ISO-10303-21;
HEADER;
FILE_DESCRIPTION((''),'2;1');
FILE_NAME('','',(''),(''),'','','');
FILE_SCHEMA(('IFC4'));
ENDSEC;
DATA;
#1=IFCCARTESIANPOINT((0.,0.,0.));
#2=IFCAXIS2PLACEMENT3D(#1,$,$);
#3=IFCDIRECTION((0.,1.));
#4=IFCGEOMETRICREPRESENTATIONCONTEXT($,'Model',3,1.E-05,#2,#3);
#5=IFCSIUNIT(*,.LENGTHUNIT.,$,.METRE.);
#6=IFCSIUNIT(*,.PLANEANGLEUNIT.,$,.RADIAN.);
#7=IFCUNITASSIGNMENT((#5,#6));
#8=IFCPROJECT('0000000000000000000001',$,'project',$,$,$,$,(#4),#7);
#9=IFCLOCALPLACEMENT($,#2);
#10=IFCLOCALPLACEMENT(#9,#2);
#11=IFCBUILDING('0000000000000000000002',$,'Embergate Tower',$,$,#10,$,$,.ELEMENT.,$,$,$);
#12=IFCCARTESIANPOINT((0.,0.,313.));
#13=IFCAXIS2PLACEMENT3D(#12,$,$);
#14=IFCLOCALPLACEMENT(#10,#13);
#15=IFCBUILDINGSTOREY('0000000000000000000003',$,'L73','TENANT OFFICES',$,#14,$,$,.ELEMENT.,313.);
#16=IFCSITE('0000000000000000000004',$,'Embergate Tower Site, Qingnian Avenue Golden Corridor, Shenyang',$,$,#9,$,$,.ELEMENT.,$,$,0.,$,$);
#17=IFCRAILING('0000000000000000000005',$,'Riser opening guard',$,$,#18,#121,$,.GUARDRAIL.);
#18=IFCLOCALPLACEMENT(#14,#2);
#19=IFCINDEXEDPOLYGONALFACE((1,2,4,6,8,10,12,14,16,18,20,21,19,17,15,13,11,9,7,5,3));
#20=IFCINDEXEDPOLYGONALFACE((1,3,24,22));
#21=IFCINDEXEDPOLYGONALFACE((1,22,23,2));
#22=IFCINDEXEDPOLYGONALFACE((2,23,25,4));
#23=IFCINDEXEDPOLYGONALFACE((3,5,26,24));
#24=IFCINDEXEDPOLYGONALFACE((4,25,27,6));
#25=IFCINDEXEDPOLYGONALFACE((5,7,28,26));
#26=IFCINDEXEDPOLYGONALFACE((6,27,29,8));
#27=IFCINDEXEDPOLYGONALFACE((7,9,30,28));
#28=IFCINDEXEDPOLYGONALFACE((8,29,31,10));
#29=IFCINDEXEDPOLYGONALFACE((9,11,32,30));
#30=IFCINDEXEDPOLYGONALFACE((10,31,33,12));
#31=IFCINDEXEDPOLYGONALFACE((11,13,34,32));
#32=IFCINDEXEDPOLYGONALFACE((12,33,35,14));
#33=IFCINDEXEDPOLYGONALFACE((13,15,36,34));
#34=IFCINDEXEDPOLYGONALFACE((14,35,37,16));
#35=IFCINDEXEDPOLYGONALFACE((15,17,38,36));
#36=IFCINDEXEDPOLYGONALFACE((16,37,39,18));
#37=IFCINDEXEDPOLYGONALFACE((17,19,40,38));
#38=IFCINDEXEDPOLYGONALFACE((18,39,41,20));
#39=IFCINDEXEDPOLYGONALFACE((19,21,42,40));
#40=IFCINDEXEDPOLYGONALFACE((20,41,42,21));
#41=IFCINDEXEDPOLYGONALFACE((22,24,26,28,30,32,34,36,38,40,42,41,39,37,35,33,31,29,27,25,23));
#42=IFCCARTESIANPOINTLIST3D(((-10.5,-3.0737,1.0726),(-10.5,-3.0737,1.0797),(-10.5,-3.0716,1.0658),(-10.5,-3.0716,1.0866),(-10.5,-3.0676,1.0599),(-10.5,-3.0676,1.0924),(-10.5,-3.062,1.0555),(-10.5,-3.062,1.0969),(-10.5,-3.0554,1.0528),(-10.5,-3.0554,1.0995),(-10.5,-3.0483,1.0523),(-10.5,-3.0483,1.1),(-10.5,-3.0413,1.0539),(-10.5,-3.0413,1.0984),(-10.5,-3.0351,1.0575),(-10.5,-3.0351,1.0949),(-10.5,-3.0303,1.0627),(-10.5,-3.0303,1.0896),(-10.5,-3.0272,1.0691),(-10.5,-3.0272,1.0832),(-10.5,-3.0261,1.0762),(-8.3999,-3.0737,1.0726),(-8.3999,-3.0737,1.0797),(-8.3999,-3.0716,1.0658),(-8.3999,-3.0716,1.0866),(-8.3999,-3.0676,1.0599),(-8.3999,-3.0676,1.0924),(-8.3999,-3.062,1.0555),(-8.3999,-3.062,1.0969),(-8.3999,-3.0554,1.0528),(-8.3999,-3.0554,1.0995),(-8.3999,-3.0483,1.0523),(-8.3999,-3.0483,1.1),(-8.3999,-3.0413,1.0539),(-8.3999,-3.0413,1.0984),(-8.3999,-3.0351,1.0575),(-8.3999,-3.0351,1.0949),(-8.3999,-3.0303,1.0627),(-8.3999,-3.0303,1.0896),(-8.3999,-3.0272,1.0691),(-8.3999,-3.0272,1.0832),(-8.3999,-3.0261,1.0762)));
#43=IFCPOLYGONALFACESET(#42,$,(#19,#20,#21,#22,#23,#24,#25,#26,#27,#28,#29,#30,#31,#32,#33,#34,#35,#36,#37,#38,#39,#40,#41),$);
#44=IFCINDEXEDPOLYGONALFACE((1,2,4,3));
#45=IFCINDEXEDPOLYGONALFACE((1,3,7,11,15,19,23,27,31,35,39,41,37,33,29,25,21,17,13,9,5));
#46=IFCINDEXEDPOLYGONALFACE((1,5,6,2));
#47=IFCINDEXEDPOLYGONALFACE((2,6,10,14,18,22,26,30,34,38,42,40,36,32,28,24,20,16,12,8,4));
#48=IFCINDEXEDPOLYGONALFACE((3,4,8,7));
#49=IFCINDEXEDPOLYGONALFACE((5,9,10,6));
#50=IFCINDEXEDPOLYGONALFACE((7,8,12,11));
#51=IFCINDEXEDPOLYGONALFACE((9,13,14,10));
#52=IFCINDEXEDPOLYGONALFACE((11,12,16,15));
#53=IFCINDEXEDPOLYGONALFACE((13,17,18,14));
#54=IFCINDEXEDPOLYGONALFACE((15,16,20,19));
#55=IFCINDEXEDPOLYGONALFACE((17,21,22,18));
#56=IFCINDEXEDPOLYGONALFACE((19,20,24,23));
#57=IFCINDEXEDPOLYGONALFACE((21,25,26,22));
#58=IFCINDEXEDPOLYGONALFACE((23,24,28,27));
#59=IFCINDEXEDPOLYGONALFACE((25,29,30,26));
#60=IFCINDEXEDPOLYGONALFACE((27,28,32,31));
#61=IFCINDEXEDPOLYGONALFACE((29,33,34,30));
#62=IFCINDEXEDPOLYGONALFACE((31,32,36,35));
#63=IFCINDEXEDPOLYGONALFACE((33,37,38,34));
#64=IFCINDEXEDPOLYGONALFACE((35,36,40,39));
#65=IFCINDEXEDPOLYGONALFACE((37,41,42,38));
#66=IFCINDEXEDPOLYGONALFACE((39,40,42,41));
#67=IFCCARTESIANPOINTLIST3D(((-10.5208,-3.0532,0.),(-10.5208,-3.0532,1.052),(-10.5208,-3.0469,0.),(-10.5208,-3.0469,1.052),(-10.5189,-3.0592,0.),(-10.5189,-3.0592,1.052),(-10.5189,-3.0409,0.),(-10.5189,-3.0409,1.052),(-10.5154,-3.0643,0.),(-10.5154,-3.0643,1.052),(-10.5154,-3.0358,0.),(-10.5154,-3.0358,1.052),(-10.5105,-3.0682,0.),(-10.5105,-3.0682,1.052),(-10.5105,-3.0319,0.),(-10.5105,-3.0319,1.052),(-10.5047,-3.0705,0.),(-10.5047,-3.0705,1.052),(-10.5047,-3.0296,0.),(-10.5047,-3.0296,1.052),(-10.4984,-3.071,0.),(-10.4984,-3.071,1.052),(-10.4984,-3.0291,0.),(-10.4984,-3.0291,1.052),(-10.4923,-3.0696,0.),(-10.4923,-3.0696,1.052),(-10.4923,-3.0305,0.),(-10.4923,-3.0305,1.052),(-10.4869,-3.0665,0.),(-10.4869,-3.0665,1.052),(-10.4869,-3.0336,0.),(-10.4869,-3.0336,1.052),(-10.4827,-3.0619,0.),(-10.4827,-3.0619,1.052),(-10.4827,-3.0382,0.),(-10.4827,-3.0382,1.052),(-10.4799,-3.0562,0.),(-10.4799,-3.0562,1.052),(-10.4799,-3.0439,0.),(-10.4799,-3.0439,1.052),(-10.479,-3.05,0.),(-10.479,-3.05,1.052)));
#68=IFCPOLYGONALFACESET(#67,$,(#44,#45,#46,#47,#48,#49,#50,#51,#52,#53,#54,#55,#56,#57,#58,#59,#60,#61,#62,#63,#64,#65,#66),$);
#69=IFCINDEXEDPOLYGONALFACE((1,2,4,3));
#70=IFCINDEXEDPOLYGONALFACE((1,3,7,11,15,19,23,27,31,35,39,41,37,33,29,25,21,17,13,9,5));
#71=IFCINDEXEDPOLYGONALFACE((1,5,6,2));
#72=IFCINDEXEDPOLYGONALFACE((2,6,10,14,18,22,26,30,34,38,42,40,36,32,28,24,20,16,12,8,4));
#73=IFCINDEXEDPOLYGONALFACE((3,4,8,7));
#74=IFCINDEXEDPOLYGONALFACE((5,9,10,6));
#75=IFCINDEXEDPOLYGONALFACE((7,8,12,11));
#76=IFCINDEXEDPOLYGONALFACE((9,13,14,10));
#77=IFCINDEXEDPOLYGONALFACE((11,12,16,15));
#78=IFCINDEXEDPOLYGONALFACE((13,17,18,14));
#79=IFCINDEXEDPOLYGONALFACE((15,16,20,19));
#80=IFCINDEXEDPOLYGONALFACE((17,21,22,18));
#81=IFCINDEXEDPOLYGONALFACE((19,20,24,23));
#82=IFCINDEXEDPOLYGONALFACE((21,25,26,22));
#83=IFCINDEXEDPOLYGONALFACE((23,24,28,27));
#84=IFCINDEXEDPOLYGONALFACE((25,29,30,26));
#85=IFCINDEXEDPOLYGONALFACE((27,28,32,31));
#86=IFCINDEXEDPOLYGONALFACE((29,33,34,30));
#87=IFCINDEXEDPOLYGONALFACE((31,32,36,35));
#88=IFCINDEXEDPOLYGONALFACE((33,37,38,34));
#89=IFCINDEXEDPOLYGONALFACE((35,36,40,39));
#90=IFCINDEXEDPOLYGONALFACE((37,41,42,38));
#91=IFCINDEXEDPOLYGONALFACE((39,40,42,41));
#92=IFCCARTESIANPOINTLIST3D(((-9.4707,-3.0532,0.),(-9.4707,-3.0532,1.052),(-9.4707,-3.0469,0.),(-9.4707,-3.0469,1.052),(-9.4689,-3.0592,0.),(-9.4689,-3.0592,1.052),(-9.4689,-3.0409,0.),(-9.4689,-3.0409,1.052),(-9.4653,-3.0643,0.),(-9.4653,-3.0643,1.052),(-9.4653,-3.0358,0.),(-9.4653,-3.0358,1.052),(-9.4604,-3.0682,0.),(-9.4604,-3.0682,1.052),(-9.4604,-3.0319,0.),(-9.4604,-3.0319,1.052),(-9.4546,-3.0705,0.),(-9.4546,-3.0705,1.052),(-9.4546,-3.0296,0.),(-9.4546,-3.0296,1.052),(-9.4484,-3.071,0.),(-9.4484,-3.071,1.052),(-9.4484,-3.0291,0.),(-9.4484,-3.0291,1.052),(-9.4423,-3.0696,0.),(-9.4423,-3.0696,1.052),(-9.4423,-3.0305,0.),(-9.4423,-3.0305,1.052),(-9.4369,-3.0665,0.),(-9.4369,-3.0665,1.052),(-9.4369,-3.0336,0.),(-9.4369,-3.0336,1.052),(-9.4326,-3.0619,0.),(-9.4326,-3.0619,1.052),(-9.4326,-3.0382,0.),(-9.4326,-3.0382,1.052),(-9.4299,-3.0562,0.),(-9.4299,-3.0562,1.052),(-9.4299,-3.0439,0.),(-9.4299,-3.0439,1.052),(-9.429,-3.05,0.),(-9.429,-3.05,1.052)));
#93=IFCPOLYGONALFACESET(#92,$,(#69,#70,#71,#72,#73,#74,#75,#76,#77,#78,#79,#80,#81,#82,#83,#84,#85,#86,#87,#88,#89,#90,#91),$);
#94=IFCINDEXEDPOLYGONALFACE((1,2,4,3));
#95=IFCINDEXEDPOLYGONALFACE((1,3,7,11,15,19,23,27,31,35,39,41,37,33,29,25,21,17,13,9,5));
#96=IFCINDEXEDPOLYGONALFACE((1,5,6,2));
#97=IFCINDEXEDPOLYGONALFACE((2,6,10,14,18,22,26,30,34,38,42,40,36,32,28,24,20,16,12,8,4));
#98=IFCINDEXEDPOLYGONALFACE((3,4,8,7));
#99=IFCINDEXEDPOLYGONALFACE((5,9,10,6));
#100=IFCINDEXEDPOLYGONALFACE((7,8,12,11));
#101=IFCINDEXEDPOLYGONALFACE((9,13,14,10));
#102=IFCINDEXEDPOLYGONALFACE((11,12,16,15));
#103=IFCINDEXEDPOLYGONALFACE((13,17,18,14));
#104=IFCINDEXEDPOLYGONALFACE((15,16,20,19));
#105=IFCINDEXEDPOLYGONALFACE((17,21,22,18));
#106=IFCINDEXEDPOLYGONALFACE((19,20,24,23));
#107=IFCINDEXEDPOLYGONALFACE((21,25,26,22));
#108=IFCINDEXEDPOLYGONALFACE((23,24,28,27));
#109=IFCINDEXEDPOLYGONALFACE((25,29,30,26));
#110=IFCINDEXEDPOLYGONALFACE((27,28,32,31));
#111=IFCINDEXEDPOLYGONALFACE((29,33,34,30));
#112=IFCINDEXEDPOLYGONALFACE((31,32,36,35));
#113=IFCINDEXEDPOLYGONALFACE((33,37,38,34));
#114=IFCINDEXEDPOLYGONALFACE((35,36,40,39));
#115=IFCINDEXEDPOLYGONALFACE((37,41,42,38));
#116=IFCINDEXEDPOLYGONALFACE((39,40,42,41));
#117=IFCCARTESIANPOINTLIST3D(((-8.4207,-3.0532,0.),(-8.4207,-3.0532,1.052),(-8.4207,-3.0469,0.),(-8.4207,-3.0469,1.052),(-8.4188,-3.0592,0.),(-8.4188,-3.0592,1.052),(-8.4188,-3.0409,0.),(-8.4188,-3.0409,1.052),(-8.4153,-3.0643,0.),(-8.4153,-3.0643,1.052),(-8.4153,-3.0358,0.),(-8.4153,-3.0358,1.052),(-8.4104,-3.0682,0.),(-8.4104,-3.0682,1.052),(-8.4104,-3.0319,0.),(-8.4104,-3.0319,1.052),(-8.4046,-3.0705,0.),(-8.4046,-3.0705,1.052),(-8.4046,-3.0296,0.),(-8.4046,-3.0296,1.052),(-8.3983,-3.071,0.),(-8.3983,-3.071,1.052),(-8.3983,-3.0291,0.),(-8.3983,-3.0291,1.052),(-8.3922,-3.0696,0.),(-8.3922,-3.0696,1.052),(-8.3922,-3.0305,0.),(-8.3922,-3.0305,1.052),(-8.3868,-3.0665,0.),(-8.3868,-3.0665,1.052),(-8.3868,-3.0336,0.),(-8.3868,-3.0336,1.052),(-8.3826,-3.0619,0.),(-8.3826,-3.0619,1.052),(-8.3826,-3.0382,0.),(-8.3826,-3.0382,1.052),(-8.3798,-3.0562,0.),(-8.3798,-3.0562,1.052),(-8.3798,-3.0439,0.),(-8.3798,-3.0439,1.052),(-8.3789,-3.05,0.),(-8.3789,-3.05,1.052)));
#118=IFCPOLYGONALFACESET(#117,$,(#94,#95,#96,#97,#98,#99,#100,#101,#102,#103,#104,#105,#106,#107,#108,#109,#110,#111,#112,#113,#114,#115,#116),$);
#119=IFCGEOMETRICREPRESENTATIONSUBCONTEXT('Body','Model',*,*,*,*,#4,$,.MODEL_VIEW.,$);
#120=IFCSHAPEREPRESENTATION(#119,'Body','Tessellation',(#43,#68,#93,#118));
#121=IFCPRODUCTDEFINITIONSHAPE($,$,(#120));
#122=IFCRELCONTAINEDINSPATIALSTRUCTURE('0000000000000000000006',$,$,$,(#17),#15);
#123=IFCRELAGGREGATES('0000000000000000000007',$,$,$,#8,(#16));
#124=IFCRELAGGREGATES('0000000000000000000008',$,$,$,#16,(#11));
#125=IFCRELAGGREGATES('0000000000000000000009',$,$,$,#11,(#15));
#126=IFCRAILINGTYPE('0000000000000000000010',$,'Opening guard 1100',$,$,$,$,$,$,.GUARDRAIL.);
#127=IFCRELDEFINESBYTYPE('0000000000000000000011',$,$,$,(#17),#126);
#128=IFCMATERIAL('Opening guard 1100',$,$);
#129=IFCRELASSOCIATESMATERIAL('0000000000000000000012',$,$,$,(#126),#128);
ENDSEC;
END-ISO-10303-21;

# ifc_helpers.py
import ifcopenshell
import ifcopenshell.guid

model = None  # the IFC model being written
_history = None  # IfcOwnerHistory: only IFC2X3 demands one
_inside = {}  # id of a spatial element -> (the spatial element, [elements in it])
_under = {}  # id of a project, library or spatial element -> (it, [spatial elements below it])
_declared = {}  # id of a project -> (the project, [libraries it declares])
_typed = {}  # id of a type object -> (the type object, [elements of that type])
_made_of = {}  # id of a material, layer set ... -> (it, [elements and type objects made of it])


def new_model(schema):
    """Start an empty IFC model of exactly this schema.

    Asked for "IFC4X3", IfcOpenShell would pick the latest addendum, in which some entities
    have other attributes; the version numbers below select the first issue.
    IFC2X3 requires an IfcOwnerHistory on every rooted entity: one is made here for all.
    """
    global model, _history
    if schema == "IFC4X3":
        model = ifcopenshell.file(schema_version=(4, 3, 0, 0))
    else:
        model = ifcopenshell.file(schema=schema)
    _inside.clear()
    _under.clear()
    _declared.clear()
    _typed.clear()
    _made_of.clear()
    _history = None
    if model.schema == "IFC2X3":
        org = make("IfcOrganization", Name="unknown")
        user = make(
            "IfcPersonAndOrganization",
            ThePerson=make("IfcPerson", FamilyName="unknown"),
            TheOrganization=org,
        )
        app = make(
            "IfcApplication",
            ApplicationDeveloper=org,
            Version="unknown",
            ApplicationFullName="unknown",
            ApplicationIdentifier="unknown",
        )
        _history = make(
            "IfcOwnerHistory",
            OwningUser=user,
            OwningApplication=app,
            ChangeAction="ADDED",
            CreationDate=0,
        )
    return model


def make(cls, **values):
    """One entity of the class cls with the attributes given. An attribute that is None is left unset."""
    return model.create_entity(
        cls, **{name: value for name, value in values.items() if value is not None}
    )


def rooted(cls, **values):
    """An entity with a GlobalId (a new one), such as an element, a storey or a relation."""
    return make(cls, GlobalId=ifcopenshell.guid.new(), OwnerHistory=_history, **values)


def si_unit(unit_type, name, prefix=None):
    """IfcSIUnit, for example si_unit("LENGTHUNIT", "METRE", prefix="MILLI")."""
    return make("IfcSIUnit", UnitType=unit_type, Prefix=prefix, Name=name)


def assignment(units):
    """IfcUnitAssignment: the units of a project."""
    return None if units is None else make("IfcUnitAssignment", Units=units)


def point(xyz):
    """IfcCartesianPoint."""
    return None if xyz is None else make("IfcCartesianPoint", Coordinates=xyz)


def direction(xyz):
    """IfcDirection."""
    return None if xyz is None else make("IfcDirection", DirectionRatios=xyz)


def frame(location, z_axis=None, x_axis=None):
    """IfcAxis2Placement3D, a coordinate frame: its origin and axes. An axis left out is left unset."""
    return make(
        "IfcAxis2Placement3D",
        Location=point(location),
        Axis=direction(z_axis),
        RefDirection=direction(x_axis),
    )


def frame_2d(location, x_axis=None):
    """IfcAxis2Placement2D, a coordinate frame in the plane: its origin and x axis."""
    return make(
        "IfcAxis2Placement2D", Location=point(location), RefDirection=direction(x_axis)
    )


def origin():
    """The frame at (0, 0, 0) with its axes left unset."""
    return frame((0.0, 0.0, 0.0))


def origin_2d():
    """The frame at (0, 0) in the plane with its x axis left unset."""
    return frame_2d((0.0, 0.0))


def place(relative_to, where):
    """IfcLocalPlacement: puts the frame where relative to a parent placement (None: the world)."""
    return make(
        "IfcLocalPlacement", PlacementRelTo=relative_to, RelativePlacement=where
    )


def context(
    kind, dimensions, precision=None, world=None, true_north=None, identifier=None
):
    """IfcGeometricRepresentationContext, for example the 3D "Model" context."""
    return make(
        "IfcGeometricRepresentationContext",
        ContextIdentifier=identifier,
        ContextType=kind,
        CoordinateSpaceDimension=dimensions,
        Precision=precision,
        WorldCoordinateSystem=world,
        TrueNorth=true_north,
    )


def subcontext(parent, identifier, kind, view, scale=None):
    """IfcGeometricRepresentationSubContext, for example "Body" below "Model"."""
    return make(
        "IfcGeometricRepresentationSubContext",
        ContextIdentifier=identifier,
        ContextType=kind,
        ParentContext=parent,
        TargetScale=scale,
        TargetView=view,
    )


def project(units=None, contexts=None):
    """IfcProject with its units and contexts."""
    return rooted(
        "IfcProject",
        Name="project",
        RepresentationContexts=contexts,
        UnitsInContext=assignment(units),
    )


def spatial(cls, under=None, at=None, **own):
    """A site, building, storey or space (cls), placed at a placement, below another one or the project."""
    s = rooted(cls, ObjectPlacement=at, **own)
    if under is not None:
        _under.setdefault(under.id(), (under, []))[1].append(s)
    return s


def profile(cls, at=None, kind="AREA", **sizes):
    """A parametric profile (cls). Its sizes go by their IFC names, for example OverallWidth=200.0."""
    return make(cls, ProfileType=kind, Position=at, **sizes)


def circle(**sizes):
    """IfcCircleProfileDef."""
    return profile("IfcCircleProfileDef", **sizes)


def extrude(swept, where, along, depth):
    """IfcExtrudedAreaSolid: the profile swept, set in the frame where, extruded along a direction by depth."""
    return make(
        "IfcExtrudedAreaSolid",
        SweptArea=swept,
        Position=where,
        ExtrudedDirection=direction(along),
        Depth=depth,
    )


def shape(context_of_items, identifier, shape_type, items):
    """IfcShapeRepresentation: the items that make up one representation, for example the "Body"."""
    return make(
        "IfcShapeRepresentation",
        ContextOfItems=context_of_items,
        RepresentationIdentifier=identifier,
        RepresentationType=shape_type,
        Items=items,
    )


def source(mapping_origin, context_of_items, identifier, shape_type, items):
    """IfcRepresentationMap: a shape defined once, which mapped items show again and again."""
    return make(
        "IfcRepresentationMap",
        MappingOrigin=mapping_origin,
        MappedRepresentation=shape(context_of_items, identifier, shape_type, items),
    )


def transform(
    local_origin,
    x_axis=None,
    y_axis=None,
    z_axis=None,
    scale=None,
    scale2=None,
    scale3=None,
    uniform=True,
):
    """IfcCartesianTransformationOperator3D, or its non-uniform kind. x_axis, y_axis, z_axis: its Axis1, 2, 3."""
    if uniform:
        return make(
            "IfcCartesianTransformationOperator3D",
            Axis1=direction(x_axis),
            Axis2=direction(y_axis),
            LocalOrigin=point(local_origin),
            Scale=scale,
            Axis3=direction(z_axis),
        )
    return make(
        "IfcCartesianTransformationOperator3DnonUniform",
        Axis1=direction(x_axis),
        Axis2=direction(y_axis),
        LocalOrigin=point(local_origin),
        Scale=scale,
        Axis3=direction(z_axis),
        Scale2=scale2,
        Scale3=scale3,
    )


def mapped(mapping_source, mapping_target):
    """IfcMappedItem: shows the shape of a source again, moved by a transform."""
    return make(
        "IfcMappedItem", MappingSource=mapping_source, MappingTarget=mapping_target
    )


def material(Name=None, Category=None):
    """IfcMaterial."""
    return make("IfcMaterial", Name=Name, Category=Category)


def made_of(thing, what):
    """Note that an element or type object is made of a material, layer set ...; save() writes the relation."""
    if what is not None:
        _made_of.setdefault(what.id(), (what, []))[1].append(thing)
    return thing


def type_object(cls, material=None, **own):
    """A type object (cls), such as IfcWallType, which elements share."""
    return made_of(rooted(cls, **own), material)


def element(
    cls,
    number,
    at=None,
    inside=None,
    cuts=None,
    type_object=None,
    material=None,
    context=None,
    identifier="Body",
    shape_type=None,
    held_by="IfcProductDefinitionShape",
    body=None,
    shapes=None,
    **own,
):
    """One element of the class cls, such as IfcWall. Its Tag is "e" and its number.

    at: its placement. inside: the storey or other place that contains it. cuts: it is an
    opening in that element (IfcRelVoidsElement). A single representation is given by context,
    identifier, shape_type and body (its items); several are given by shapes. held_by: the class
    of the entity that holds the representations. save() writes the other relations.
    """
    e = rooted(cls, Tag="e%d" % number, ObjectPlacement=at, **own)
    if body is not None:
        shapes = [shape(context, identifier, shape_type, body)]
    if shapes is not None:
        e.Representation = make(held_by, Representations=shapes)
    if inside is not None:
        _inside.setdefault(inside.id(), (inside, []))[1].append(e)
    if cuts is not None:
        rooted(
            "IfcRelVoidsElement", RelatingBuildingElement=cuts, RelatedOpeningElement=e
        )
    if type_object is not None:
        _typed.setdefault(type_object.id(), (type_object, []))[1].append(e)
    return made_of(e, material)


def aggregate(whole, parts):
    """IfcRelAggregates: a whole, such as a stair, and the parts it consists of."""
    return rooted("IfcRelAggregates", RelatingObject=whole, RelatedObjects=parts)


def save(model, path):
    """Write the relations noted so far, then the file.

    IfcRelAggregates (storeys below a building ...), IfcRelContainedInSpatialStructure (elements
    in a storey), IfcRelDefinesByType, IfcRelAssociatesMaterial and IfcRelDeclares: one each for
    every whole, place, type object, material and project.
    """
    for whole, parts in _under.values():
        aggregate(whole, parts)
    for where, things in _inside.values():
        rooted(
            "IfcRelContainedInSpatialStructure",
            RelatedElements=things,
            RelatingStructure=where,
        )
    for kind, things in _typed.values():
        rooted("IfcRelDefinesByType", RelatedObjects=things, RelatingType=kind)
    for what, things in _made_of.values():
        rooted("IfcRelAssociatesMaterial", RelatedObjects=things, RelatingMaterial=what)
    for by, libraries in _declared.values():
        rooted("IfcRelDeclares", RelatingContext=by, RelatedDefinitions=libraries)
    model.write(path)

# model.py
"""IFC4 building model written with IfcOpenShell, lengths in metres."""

from ifc_helpers import new_model, si_unit, direction, frame, origin, origin_2d, place, context, subcontext, project, spatial, circle, extrude, source, transform, mapped, material, type_object, element, save


model = new_model("IFC4")

# Units and contexts
model_context = context("Model", 3, precision=1e-05, world=origin(), true_north=direction((0.0, 1.0)))
body_context = subcontext(model_context, "Body", "Model", "MODEL_VIEW")
ifc_project = project(units=[si_unit("LENGTHUNIT", "METRE"), si_unit("PLANEANGLEUNIT", "RADIAN")], contexts=[model_context])

# Site, building, storey
site_placement = place(None, origin())
site = spatial("IfcSite", under=ifc_project, at=site_placement, Name="Embergate Tower Site, Qingnian Avenue Golden Corridor, Shenyang", CompositionType="ELEMENT", RefElevation=0.0)
building_placement = place(site_placement, origin())
building = spatial("IfcBuilding", under=site, at=building_placement, Name="Embergate Tower", CompositionType="ELEMENT")
storey_placement = place(building_placement, frame((0.0, 0.0, 313.0)))
storey = spatial("IfcBuildingStorey", under=building, at=storey_placement, Name="L73", Description="TENANT OFFICES", CompositionType="ELEMENT", Elevation=313.0)

# Railing
ifc_material_1 = material(Name="Opening guard 1100")
railing_type = type_object("IfcRailingType", Name="Opening guard 1100", PredefinedType="GUARDRAIL", material=ifc_material_1)
shared_shape_1 = source(origin(), body_context, "Body", "SweptSolid", [
    extrude(circle(Radius=0.0239, at=origin_2d()), frame((0.0, 0.0, 1.0762), z_axis=(1.0, 0.0, 0.0), x_axis=(0.0, 1.0, 0.0)), (0.0, 0.0, 1.0), 2.1001),
    extrude(circle(Radius=0.021, at=origin_2d()), origin(), (0.0, 0.0, 1.0), 1.052),
    extrude(circle(Radius=0.021, at=origin_2d()), frame((1.05, 0.0, 0.0)), (0.0, 0.0, 1.0), 1.052),
    extrude(circle(Radius=0.021, at=origin_2d()), frame((2.1001, 0.0, 0.0)), (0.0, 0.0, 1.0), 1.052),
])
railing_placement = place(storey_placement, frame((-10.5, -3.05, 0.0)))
element("IfcRailing", 1, at=railing_placement, inside=storey, type_object=railing_type, Name="Riser opening guard", PredefinedType="GUARDRAIL", context=body_context, shape_type="MappedRepresentation", body=[
    mapped(shared_shape_1, transform((0.0, 0.0, 0.0))),
])

save(model, "model.ifc")
